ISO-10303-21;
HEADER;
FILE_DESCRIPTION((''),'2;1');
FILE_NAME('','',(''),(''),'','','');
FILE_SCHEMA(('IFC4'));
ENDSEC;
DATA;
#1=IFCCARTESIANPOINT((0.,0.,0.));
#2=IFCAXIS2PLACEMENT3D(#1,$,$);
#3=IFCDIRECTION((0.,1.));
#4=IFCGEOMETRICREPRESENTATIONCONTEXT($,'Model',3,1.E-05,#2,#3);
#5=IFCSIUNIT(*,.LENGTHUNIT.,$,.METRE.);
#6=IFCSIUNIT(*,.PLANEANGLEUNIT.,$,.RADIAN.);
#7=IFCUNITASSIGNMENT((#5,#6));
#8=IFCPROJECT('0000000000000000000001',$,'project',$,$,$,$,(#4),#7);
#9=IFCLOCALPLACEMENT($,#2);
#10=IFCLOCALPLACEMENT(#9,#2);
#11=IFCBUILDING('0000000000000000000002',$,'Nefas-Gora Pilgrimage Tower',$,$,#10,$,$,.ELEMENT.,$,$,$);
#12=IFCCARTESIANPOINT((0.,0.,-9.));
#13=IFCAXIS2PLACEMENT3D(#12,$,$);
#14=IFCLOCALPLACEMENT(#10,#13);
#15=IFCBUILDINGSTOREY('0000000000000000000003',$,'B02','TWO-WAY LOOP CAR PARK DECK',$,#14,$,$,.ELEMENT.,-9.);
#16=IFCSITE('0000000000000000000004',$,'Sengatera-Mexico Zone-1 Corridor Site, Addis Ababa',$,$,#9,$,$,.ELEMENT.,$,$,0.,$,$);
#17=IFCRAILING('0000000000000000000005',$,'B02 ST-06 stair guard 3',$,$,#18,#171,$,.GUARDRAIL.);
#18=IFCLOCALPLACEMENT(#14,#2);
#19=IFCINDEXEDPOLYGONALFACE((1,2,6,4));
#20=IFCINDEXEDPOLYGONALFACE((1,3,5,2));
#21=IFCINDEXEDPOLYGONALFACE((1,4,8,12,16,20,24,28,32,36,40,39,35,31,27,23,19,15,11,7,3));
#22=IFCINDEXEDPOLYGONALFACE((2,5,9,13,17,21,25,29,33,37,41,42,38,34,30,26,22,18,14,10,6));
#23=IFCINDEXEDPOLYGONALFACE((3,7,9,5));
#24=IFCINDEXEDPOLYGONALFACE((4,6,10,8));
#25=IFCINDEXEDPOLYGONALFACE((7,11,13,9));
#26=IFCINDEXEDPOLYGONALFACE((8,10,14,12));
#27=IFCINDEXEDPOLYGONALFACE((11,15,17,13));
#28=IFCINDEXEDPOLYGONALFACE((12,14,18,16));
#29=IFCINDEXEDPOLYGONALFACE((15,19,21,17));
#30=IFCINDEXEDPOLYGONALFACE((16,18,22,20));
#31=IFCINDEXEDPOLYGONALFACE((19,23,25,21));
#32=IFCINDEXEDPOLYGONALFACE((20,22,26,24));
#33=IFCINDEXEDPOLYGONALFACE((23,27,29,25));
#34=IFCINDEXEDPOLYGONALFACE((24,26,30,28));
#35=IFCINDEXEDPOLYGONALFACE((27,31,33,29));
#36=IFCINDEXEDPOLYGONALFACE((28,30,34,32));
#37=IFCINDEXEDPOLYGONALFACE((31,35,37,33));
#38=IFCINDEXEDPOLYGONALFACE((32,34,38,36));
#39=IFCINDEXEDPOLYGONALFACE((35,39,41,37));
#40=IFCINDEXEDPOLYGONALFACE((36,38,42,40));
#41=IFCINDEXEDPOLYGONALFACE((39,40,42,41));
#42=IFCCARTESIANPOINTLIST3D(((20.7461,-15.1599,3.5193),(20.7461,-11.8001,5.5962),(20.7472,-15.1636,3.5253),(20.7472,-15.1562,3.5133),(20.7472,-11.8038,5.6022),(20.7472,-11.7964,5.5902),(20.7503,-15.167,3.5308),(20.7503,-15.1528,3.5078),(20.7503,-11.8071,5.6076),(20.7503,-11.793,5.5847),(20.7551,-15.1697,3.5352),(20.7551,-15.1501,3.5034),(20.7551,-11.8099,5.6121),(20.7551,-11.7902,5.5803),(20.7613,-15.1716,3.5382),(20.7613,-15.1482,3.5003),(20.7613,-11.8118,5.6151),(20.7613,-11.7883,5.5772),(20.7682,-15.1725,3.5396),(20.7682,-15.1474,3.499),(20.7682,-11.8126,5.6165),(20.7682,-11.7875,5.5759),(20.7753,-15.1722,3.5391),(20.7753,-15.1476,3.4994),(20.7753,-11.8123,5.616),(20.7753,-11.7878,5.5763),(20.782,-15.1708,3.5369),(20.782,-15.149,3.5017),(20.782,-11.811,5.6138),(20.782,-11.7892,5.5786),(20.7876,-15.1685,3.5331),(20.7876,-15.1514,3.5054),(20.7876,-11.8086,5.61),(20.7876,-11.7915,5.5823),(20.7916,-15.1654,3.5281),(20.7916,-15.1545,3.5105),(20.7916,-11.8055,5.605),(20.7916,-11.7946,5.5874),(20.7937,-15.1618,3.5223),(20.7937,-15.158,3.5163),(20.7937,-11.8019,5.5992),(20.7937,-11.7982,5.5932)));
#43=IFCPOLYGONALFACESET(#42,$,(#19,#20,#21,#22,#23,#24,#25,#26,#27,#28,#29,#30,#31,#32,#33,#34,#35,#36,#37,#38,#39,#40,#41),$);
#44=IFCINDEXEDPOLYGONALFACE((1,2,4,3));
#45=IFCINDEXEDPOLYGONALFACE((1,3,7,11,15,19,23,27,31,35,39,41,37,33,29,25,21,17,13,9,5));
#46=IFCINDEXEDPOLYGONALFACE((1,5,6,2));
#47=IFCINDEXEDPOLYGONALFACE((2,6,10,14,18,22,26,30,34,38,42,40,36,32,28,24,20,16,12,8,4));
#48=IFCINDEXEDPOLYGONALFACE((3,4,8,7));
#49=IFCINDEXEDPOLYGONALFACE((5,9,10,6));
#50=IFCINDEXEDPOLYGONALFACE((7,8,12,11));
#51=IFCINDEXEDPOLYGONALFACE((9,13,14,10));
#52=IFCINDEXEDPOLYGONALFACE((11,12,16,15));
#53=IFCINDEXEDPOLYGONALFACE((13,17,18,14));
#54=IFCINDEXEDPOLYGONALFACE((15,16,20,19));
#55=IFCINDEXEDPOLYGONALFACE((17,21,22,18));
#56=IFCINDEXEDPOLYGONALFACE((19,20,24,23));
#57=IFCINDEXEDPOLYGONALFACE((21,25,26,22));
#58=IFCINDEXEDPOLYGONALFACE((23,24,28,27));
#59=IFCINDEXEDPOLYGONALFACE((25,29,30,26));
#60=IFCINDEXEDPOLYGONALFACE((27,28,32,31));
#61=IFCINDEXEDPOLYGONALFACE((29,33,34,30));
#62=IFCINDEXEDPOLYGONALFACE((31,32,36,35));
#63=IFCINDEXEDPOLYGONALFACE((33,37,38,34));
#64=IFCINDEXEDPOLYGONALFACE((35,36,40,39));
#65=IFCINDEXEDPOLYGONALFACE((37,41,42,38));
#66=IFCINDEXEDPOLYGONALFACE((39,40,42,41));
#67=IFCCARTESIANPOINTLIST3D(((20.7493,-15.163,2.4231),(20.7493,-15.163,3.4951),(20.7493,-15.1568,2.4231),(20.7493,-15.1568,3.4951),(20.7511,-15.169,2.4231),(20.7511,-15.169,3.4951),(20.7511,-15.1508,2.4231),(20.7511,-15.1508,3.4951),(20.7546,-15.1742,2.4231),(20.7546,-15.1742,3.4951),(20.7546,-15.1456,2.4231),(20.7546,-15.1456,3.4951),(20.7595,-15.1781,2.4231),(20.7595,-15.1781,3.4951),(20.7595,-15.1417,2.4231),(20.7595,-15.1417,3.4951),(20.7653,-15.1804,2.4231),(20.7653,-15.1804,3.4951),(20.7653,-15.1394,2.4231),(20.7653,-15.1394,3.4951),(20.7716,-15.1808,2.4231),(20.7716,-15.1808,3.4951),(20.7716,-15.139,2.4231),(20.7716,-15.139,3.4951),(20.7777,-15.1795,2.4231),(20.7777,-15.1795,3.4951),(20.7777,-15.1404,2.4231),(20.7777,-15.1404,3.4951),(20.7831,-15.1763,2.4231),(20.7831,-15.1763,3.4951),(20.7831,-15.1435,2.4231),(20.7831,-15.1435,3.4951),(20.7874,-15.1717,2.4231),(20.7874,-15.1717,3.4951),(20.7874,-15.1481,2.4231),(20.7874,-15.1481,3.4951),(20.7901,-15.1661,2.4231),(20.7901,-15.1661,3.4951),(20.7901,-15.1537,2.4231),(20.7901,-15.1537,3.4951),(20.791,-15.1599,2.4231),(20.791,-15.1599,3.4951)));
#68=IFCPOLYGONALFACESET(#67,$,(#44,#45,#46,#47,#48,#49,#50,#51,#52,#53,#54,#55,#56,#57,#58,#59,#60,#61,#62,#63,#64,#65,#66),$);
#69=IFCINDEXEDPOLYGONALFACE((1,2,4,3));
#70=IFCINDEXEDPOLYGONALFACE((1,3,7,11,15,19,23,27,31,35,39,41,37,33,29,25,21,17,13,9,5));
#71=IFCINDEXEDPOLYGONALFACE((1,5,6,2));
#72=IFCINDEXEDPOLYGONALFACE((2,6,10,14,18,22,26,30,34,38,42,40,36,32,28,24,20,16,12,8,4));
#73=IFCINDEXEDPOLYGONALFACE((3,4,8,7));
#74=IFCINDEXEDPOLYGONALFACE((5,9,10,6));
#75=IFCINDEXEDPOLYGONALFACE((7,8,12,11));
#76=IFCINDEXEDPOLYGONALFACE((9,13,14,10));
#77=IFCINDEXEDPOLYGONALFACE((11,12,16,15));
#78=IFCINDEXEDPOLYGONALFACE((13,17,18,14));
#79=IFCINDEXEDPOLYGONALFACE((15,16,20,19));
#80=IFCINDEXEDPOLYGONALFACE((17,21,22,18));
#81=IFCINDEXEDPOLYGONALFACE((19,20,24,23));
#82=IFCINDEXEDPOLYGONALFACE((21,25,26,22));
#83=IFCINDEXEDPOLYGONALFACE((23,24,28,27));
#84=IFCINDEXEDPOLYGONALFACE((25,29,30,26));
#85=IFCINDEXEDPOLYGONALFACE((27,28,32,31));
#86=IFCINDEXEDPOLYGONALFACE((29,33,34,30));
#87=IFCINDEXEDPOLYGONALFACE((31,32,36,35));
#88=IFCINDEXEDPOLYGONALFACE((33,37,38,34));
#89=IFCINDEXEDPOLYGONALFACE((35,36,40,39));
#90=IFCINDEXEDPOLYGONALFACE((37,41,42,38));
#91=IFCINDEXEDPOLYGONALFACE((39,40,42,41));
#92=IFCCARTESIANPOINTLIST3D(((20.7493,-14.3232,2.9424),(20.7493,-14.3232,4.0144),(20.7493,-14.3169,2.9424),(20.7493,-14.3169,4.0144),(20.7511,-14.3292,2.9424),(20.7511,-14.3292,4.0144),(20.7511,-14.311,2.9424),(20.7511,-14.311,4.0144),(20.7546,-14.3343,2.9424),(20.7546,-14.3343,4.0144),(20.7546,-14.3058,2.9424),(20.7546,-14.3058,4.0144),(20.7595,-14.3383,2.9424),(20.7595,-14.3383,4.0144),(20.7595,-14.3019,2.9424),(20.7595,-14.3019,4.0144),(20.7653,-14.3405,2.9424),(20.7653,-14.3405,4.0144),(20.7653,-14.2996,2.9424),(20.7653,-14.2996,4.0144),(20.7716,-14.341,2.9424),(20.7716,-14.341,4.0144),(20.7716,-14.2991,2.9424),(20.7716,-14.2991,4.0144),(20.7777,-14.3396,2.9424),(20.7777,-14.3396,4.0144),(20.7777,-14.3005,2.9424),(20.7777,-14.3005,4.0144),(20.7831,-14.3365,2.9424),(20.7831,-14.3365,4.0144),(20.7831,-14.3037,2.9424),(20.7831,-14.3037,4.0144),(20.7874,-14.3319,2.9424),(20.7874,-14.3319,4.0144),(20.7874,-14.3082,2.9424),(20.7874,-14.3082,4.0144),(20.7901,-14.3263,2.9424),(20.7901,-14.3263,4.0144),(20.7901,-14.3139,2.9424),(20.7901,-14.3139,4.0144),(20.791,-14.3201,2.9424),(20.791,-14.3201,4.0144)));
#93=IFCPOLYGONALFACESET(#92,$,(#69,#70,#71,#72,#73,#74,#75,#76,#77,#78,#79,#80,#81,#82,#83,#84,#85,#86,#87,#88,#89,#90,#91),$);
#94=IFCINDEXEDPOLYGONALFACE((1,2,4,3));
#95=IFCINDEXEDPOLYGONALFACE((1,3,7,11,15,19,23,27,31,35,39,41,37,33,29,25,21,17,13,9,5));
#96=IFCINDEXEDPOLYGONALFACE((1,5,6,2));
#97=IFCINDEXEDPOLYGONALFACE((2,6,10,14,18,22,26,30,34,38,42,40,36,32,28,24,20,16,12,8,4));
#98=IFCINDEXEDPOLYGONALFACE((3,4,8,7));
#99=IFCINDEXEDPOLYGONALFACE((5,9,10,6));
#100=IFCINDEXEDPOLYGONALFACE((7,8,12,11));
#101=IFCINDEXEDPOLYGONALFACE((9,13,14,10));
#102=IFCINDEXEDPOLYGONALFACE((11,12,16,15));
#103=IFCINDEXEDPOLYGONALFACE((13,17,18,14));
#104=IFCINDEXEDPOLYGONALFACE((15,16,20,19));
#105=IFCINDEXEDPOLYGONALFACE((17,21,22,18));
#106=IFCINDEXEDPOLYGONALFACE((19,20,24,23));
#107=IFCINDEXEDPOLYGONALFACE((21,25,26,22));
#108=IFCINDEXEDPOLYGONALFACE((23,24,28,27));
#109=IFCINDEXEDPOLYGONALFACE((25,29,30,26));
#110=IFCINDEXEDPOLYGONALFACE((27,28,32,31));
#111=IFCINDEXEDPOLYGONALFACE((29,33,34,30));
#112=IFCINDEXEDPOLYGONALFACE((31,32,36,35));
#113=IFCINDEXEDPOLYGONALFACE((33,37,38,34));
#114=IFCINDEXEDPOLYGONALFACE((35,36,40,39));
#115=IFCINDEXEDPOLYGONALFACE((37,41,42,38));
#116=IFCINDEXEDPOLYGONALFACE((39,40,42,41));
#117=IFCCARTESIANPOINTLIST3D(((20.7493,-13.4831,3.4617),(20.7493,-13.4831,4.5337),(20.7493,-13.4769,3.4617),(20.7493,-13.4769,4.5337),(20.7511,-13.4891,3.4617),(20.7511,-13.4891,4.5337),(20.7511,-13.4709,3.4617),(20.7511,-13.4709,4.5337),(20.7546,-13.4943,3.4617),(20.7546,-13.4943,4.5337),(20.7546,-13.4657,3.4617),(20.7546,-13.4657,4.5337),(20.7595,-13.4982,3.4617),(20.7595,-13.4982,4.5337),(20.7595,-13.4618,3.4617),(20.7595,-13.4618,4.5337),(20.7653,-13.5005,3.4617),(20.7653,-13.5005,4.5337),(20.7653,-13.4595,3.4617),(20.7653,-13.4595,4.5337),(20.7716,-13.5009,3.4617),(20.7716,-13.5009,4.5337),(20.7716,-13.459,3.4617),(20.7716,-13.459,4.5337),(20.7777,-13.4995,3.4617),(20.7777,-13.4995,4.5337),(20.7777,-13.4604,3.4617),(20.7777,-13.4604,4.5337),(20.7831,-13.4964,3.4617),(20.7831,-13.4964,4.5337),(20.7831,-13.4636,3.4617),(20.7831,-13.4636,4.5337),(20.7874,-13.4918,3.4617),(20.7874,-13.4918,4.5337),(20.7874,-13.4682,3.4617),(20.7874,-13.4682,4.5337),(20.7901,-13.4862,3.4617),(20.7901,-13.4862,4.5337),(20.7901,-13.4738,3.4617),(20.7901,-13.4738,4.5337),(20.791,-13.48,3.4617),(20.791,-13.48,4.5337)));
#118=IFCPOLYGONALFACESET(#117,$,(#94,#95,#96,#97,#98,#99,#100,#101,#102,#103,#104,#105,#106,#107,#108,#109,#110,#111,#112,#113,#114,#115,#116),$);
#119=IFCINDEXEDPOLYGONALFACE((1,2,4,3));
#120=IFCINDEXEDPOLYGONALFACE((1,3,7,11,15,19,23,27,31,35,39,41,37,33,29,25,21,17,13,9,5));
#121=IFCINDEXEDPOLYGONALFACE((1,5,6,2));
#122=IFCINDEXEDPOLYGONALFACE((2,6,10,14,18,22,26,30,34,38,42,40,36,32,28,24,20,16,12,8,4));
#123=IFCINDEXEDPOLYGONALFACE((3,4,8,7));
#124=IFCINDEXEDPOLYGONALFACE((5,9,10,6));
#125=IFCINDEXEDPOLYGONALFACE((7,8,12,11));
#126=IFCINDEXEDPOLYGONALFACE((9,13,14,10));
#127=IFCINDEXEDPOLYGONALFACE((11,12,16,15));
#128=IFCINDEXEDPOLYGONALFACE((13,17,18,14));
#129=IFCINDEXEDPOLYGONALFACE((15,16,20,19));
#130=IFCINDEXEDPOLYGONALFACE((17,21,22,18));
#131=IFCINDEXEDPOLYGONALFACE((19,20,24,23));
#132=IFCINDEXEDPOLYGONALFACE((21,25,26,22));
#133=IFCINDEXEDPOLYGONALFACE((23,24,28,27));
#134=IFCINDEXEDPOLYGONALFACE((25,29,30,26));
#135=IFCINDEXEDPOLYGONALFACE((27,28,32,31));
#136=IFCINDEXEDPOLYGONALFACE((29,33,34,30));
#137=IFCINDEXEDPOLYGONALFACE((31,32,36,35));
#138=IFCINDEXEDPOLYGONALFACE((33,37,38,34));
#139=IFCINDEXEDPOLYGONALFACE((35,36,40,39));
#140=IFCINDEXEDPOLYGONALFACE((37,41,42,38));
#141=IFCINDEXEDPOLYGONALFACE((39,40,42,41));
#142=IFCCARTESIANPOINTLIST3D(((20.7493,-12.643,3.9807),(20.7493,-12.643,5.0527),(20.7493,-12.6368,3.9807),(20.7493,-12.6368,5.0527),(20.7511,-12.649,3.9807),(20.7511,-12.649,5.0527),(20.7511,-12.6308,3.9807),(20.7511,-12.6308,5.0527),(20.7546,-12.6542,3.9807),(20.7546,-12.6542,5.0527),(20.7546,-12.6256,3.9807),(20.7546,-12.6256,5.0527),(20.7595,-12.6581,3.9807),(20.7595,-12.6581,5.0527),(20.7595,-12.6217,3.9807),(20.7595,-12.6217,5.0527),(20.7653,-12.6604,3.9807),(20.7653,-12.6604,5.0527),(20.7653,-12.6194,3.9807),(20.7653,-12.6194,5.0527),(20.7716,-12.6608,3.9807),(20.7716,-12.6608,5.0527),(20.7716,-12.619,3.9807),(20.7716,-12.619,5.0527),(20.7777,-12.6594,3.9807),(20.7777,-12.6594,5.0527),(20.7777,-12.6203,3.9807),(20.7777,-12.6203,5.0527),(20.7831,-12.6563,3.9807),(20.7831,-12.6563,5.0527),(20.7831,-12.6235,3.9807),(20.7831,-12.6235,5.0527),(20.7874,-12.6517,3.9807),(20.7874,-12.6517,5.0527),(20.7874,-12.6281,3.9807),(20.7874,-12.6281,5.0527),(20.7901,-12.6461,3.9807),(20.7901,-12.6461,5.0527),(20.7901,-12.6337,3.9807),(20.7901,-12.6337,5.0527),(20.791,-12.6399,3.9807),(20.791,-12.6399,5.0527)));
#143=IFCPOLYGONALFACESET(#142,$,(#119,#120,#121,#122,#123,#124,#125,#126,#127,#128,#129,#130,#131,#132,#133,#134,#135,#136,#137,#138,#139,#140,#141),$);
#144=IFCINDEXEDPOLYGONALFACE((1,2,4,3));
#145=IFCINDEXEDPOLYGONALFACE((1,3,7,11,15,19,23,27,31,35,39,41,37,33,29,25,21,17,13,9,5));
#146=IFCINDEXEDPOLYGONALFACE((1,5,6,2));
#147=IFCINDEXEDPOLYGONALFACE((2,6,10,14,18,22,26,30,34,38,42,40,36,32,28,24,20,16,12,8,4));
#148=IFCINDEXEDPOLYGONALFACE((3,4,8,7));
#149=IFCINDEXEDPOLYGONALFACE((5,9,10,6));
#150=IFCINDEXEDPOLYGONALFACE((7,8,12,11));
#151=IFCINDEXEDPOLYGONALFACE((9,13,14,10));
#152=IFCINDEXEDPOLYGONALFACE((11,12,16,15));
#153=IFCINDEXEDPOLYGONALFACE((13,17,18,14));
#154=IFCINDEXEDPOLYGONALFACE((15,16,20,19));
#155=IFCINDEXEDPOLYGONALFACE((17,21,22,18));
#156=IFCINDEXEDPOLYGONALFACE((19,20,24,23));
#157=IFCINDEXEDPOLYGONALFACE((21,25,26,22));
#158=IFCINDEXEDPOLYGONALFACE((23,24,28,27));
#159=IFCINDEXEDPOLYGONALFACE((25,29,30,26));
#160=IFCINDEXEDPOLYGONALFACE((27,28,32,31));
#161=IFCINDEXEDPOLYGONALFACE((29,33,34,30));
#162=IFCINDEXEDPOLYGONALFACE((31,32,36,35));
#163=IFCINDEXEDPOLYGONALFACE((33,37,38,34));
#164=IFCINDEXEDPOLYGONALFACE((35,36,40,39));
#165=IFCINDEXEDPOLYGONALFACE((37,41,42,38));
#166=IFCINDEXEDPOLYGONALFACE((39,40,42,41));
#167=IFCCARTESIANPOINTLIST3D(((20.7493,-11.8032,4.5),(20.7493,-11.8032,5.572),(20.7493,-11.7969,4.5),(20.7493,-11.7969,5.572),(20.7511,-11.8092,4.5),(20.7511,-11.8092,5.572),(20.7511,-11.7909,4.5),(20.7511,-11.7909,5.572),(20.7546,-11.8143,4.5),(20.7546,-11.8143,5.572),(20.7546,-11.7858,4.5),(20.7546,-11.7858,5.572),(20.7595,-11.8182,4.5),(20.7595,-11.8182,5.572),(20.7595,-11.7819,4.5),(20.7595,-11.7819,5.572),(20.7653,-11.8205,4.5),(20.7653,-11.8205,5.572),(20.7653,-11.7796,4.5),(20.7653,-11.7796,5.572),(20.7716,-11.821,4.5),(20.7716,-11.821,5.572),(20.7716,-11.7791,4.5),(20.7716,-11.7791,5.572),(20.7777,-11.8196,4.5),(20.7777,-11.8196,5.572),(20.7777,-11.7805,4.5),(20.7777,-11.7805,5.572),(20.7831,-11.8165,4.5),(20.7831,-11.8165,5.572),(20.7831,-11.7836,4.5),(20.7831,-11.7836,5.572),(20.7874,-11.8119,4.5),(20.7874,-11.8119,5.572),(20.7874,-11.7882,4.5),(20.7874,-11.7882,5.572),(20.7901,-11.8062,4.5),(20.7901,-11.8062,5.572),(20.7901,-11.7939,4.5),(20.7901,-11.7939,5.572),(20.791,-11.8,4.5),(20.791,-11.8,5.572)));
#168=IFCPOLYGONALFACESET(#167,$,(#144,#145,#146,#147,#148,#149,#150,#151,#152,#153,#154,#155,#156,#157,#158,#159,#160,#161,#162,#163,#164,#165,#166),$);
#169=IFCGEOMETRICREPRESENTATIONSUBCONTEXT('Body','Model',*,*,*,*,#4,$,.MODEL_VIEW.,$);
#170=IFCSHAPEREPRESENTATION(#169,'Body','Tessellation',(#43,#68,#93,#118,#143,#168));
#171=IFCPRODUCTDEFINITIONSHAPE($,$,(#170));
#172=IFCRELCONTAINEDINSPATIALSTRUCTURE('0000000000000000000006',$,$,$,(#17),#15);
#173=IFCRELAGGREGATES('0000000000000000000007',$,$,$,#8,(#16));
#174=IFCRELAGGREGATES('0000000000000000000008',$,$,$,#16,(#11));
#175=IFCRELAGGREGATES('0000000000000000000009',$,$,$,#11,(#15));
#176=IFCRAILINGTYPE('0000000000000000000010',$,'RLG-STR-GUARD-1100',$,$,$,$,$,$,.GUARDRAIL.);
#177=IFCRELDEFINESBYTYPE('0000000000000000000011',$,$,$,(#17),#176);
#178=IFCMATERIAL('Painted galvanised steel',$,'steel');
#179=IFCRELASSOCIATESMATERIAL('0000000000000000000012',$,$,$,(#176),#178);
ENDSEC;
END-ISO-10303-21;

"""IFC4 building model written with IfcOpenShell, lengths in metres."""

from ifc_helpers import new_model, si_unit, direction, frame, origin, origin_2d, place, context, subcontext, project, spatial, circle, extrude, material, type_object, element, save


model = new_model("IFC4")

# Units and contexts
model_context = context("Model", 3, precision=1e-05, world=origin(), true_north=direction((0.0, 1.0)))
body_context = subcontext(model_context, "Body", "Model", "MODEL_VIEW")
ifc_project = project(units=[si_unit("LENGTHUNIT", "METRE"), si_unit("PLANEANGLEUNIT", "RADIAN")], contexts=[model_context])

# Site, building, storey
site_placement = place(None, origin())
site = spatial("IfcSite", under=ifc_project, at=site_placement, Name="Sengatera-Mexico Zone-1 Corridor Site, Addis Ababa", CompositionType="ELEMENT", RefElevation=0.0)
building_placement = place(site_placement, origin())
building = spatial("IfcBuilding", under=site, at=building_placement, Name="Nefas-Gora Pilgrimage Tower", CompositionType="ELEMENT")
storey_placement = place(building_placement, frame((0.0, 0.0, -9.0)))
storey = spatial("IfcBuildingStorey", under=building, at=storey_placement, Name="B02", Description="TWO-WAY LOOP CAR PARK DECK", CompositionType="ELEMENT", Elevation=-9.0)

# Railing
ifc_material_1 = material(Name="Painted galvanised steel", Category="steel")
railing_type_1 = type_object("IfcRailingType", Name="RLG-STR-GUARD-1100", PredefinedType="GUARDRAIL", material=ifc_material_1)
railing_1_placement = place(storey_placement, frame((20.77, -15.1599, 2.4231)))
element("IfcRailing", 1, at=railing_1_placement, inside=storey, type_object=railing_type_1, Name="B02 ST-06 stair guard 3", PredefinedType="GUARDRAIL", context=body_context, shape_type="SweptSolid", body=[
    extrude(circle(Radius=0.0239, at=origin_2d()), frame((0.0, 0.0, 1.0962), z_axis=(0.0, 0.850606, 0.525803), x_axis=(-1.0, 0.0, 0.0)), (0.0, 0.0, 1.0), 3.95),
    extrude(circle(Radius=0.021, at=origin_2d()), origin(), (0.0, 0.0, 1.0), 1.072),
    extrude(circle(Radius=0.021, at=origin_2d()), frame((0.0, 0.8398, 0.5193)), (0.0, 0.0, 1.0), 1.072),
    extrude(circle(Radius=0.021, at=origin_2d()), frame((0.0, 1.6799, 1.0386)), (0.0, 0.0, 1.0), 1.072),
    extrude(circle(Radius=0.021, at=origin_2d()), frame((0.0, 2.52, 1.5576)), (0.0, 0.0, 1.0), 1.072),
    extrude(circle(Radius=0.021, at=origin_2d()), frame((0.0, 3.3599, 2.0769)), (0.0, 0.0, 1.0), 1.072),
])

save(model, "model.ifc")
